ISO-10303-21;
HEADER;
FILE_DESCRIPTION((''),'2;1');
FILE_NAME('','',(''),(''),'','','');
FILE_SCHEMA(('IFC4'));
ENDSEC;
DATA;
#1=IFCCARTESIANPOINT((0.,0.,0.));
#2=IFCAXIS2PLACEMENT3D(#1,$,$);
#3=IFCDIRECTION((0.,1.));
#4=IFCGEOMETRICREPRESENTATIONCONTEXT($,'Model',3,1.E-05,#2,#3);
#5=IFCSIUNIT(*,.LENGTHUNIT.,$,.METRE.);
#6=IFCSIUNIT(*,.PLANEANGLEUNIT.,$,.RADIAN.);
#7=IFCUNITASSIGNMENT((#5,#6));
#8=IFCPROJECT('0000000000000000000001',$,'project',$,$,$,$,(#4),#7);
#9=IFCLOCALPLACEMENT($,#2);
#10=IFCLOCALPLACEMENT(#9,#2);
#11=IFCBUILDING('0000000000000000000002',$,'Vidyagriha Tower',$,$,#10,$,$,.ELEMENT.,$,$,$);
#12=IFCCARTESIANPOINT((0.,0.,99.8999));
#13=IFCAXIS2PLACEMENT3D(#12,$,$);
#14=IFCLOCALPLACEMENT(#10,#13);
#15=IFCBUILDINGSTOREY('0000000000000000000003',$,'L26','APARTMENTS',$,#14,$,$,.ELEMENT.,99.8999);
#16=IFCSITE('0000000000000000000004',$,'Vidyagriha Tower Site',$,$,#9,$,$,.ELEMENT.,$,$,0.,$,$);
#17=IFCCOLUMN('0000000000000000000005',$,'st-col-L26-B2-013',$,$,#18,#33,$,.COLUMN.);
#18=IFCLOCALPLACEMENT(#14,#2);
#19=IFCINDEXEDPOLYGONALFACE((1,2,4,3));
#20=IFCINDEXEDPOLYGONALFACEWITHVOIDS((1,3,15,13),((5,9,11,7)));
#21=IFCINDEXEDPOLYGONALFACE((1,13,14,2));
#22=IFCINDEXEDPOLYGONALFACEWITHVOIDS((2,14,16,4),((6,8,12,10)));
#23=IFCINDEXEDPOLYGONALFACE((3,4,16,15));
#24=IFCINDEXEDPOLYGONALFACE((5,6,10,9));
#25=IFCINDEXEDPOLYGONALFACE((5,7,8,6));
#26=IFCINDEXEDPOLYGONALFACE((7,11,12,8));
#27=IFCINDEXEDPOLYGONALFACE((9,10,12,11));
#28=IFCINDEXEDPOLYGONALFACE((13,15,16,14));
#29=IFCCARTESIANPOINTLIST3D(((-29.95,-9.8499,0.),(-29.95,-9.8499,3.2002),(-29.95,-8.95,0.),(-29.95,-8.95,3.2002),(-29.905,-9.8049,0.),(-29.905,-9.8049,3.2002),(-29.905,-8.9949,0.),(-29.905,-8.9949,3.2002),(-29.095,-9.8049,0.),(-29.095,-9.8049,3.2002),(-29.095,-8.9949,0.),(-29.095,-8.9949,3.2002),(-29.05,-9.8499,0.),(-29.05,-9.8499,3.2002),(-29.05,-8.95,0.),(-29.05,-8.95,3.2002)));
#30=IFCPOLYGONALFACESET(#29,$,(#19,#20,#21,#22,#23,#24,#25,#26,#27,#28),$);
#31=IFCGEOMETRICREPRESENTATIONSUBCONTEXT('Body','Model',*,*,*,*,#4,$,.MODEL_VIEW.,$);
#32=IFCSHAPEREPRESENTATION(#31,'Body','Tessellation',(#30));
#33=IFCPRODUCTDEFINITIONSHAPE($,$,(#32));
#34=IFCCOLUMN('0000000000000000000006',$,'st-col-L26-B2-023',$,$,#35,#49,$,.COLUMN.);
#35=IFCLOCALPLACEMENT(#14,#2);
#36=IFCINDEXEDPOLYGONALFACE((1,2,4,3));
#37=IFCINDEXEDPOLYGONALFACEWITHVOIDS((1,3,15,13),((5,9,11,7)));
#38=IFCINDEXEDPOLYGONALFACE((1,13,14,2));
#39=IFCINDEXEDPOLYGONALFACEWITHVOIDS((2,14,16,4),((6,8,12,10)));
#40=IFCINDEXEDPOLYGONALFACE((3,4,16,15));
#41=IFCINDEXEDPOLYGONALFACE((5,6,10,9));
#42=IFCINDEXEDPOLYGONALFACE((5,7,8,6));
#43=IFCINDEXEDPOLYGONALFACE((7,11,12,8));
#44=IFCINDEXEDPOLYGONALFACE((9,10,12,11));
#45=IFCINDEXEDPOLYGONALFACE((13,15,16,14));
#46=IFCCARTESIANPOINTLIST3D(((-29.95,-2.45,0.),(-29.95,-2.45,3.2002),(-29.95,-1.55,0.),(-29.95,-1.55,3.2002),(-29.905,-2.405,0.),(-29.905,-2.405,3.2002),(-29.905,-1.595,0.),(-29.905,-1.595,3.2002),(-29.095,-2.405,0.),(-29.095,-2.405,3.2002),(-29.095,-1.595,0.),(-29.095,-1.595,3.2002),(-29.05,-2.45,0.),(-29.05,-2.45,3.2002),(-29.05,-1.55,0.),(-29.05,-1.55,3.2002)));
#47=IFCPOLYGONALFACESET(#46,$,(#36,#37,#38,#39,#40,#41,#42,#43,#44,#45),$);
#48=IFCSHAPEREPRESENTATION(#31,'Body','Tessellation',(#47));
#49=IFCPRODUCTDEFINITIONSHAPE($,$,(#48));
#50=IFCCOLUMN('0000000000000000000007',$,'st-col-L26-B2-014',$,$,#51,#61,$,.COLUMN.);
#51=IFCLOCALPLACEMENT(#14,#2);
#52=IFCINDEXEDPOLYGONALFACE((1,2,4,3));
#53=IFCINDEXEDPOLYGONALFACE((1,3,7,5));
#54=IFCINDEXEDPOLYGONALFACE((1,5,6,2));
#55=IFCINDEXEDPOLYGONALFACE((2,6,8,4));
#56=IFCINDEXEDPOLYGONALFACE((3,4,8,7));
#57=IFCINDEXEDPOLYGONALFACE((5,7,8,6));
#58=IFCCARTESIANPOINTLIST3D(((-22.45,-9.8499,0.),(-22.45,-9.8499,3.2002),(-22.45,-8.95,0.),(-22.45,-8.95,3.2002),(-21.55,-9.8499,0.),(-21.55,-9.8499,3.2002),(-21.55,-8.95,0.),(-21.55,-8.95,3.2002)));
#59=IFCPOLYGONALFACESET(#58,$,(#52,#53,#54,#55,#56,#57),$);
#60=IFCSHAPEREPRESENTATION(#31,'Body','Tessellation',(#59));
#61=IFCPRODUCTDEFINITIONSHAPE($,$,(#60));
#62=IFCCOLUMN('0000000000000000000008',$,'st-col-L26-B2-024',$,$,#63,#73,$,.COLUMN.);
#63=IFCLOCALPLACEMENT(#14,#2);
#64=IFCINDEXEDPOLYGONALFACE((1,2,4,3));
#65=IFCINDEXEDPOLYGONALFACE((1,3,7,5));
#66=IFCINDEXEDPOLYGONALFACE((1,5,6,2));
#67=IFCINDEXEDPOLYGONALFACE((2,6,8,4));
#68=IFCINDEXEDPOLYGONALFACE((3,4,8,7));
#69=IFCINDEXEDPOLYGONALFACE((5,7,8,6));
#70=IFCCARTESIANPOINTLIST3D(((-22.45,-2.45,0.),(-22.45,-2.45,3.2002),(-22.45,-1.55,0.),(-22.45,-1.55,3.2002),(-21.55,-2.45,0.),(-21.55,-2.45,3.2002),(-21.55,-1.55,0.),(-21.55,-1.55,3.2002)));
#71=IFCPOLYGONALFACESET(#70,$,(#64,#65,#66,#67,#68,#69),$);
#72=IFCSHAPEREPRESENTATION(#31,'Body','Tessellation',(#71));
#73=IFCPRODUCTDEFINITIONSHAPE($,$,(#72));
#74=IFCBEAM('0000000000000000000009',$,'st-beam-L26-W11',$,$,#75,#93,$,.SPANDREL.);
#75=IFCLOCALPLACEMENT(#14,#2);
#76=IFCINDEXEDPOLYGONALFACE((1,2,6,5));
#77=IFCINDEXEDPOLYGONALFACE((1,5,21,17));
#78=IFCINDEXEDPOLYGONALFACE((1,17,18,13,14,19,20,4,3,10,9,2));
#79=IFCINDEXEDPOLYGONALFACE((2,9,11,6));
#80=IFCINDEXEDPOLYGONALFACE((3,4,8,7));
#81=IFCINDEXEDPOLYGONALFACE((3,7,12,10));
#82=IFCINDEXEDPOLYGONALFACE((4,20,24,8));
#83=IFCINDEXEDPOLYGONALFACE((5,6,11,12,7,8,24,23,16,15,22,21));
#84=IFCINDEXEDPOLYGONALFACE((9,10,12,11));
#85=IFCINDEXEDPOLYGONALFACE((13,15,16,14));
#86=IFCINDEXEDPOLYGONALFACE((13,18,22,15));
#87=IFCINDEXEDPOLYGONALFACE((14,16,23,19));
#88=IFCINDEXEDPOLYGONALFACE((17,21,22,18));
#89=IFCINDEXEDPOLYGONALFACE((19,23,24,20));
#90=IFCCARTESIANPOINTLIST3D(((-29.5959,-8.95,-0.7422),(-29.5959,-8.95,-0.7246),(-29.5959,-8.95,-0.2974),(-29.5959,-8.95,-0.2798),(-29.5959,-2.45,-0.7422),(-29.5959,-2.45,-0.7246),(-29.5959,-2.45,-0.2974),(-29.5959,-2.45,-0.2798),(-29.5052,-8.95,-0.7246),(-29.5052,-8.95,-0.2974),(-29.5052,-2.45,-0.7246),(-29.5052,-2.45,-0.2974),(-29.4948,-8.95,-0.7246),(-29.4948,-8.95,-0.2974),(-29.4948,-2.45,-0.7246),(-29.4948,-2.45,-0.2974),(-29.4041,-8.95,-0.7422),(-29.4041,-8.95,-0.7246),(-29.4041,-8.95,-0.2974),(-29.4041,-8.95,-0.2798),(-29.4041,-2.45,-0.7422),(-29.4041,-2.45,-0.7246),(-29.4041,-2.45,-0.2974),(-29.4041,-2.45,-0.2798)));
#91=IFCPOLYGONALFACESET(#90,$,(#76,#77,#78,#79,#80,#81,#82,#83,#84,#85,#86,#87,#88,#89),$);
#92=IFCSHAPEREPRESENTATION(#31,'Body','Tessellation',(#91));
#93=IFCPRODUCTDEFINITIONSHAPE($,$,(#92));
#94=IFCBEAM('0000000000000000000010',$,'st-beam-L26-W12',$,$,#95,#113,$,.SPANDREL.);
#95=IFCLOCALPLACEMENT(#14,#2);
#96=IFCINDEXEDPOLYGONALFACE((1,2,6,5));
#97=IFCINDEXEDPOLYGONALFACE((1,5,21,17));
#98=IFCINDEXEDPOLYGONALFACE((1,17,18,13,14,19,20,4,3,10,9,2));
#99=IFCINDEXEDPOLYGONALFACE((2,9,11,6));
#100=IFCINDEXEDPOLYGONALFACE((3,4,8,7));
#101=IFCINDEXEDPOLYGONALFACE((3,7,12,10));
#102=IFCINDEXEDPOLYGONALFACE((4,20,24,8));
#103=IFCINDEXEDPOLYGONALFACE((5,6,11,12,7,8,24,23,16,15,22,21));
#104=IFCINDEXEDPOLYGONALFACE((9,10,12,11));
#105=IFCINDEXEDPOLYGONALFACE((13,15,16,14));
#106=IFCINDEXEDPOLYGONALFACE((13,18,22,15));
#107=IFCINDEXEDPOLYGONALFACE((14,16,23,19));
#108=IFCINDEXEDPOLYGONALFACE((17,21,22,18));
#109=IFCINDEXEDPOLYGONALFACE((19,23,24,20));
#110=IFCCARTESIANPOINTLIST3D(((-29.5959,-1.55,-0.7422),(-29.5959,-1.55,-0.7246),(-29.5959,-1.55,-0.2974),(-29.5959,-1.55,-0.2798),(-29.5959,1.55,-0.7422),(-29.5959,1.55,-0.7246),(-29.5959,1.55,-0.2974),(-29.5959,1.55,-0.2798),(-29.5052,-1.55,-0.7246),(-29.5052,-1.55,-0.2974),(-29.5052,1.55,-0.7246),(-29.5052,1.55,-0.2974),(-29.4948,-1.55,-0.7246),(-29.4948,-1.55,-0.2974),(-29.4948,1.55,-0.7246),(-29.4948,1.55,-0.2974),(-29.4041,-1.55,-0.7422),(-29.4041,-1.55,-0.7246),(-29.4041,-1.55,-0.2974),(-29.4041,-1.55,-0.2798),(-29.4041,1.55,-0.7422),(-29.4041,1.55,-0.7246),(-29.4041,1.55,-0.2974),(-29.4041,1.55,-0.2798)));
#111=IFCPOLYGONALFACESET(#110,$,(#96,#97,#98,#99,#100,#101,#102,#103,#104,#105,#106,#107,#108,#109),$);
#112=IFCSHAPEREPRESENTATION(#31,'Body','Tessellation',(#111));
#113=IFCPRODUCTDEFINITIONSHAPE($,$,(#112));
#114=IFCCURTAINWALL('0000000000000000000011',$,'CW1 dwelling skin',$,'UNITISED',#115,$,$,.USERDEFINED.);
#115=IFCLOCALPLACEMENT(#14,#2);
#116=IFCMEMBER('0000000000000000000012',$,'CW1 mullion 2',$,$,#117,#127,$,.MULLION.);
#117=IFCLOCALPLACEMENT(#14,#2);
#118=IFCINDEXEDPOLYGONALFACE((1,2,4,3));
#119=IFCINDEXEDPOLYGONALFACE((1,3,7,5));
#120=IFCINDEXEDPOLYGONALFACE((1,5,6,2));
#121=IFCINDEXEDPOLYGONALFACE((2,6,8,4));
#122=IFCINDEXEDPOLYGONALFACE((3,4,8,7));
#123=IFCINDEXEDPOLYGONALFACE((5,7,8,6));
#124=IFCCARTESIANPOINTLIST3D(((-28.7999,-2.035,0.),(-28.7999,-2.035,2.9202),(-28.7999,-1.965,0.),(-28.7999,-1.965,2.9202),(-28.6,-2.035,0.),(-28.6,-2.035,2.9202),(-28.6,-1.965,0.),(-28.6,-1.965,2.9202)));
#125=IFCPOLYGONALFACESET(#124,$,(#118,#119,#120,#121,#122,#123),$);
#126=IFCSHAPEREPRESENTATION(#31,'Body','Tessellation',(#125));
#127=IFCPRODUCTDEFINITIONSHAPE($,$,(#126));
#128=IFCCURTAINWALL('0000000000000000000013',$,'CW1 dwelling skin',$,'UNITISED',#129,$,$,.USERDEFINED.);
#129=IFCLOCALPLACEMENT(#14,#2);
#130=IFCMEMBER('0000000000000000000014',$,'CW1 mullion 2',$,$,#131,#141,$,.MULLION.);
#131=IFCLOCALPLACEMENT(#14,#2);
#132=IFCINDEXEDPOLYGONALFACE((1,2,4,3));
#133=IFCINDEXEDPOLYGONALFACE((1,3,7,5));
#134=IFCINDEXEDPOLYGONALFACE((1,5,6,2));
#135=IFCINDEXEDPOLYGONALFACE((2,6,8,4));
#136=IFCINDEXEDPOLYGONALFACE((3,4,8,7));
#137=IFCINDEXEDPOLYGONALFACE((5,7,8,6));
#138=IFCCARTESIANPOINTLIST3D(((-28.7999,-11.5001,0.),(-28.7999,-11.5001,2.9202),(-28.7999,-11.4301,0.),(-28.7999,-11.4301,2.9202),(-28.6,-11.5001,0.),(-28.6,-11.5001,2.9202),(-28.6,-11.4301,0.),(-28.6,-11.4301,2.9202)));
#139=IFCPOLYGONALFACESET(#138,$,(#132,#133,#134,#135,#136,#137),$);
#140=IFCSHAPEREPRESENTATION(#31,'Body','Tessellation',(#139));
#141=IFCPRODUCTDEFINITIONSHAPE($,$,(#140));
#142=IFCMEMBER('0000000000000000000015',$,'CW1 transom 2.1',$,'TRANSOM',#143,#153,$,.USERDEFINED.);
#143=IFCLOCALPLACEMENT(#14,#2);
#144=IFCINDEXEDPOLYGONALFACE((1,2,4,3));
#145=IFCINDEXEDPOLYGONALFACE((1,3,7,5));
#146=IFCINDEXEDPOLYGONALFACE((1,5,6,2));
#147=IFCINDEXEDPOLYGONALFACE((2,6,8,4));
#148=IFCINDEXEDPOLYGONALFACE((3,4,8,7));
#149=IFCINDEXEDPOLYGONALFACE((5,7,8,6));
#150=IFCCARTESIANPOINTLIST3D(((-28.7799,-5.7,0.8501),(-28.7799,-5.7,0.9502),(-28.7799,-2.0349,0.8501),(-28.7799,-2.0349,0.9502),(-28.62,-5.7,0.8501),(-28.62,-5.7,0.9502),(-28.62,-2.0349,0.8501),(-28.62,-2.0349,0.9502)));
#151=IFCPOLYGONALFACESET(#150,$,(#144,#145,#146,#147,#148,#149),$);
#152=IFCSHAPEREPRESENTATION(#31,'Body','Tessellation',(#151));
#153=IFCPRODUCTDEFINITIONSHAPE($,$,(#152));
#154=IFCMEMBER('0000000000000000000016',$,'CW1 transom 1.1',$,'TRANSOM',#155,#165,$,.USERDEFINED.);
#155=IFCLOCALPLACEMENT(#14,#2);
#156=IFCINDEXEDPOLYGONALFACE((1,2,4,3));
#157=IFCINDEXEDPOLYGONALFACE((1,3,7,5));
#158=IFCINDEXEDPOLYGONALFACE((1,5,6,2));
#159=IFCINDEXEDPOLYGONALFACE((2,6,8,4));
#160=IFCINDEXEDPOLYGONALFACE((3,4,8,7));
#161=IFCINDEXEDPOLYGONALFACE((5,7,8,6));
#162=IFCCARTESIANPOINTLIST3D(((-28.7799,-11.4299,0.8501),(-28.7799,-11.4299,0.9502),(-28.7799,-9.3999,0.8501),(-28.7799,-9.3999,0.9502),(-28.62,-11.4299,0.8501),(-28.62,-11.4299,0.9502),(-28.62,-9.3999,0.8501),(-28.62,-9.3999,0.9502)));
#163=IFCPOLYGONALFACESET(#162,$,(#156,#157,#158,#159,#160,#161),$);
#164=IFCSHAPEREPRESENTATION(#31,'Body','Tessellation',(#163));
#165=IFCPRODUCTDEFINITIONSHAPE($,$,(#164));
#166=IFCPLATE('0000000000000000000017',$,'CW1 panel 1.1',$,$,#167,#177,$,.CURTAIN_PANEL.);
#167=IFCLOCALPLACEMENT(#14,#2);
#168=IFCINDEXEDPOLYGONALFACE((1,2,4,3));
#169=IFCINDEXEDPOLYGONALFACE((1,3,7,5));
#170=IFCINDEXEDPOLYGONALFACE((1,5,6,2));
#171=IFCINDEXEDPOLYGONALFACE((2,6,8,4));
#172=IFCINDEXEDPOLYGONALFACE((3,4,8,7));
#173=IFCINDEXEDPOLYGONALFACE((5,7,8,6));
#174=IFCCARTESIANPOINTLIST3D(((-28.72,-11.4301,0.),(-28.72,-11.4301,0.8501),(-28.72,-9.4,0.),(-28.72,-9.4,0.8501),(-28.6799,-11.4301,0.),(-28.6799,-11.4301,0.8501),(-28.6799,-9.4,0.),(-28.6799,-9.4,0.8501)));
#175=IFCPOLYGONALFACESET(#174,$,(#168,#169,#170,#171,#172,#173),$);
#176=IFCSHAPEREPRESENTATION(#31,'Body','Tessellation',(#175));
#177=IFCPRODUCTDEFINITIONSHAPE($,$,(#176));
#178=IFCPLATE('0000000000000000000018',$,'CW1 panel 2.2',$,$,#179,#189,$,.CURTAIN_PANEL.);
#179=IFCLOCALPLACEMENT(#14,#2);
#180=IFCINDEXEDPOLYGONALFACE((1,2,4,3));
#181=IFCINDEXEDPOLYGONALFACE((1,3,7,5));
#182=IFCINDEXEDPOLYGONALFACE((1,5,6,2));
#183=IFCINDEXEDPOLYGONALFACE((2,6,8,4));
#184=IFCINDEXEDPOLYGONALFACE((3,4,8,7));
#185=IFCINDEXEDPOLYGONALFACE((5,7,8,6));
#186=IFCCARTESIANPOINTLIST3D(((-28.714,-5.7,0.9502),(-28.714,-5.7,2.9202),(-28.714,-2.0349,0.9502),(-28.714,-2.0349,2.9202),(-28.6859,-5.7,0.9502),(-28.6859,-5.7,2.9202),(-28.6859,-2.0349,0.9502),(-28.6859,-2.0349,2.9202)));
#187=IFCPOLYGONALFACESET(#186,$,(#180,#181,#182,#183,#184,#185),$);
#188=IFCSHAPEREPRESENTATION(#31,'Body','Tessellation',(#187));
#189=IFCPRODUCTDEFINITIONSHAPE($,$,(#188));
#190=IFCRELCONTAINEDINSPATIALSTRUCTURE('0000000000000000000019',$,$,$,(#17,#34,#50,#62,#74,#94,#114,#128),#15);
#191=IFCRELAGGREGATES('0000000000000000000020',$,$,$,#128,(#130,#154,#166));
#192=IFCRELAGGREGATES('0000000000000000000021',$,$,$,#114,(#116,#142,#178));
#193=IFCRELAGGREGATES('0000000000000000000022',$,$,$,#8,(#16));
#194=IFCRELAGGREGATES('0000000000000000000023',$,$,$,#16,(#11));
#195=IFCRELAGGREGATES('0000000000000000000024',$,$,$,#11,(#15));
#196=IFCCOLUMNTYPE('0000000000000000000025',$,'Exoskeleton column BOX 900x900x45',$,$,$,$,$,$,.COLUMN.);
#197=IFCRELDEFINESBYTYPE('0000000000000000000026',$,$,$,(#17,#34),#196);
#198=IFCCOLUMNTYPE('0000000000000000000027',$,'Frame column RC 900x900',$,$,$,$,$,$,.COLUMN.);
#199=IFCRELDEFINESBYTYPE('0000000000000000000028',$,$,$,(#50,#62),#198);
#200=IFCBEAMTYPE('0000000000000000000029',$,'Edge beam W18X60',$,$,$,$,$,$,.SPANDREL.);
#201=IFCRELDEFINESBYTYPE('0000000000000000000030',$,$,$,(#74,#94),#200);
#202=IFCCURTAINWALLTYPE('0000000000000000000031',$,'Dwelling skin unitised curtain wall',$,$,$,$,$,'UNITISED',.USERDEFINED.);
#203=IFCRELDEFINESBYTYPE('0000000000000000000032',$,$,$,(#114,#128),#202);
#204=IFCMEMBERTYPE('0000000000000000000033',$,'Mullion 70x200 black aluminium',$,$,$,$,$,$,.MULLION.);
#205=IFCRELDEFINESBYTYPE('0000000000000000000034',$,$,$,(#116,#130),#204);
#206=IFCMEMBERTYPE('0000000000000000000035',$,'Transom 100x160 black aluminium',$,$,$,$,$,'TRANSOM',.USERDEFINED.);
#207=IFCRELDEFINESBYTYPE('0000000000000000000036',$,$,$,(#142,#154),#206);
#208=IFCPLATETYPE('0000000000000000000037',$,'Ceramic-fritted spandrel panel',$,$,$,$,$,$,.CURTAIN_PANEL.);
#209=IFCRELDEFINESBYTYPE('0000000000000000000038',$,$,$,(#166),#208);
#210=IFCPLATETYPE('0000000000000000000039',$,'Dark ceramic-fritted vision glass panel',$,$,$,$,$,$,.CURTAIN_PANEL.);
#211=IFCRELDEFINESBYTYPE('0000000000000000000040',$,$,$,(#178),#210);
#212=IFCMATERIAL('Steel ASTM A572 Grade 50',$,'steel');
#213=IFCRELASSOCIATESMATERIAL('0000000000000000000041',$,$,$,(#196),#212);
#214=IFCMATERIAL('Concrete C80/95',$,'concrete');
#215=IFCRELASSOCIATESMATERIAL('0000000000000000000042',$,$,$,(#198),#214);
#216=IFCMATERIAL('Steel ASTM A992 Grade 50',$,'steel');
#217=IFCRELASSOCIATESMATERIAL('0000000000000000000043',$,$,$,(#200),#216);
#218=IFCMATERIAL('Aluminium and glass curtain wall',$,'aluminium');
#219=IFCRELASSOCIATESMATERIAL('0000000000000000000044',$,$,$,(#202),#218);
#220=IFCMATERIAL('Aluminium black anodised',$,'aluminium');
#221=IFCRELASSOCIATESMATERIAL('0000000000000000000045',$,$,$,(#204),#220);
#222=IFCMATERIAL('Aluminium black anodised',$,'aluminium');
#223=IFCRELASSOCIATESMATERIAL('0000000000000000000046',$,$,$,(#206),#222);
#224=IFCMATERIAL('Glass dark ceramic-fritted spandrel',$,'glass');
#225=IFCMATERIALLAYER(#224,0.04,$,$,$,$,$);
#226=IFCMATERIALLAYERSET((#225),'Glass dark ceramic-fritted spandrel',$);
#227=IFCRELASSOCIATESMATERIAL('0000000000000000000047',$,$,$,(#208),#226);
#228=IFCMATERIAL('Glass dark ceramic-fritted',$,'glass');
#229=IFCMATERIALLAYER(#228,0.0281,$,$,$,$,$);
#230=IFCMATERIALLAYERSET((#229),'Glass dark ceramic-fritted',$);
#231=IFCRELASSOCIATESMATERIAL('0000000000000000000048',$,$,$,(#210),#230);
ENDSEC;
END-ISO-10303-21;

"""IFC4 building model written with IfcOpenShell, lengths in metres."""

from ifc_helpers import new_model, si_unit, direction, frame, origin, origin_2d, place, context, subcontext, project, spatial, rectangle, hollow_rectangle, i_section, extrude, material, layer, layer_set, material_profile, profile_set, type_object, element, aggregate, save


model = new_model("IFC4")

# Units and contexts
model_context = context("Model", 3, precision=1e-05, world=origin(), true_north=direction((0.0, 1.0)))
body_context = subcontext(model_context, "Body", "Model", "MODEL_VIEW")
ifc_project = project(units=[si_unit("LENGTHUNIT", "METRE"), si_unit("PLANEANGLEUNIT", "RADIAN")], contexts=[model_context])

# Site, building, storey
site_placement = place(None, origin())
site = spatial("IfcSite", under=ifc_project, at=site_placement, Name="Vidyagriha Tower Site", CompositionType="ELEMENT", RefElevation=0.0)
building_placement = place(site_placement, origin())
building = spatial("IfcBuilding", under=site, at=building_placement, Name="Vidyagriha Tower", CompositionType="ELEMENT")
storey_placement = place(building_placement, frame((0.0, 0.0, 99.8999)))
storey = spatial("IfcBuildingStorey", under=building, at=storey_placement, Name="L26", Description="APARTMENTS", CompositionType="ELEMENT", Elevation=99.8999)

# Columns
ifc_material_1 = material(Name="Steel ASTM A572 Grade 50", Category="steel")
ifc_material_profile_1 = material_profile(ifc_material_1, hollow_rectangle(XDim=0.8999, YDim=0.8999, WallThickness=0.0449, at=origin_2d()), Name="BOX 900x900x45")
ifc_profile_set_1 = profile_set([ifc_material_profile_1], Name="Steel ASTM A572 Grade 50")
column_type_1 = type_object("IfcColumnType", Name="Exoskeleton column BOX 900x900x45", PredefinedType="COLUMN", material=ifc_profile_set_1)
for number, where, name in (
    (1, (-29.5, -9.3999, 0.0), "st-col-L26-B2-013"),
    (2, (-29.5, -2.0, 0.0), "st-col-L26-B2-023"),
):
    element("IfcColumn", number, at=place(storey_placement, frame(where)), inside=storey, type_object=column_type_1, Name=name, PredefinedType="COLUMN", context=body_context, shape_type="SweptSolid", body=[
        extrude(hollow_rectangle(XDim=0.8999, YDim=0.8999, WallThickness=0.0449, at=origin_2d()), origin(), (0.0, 0.0, 1.0), 3.2002),
    ])
ifc_material_2 = material(Name="Concrete C80/95", Category="concrete")
ifc_material_profile_2 = material_profile(ifc_material_2, rectangle(XDim=0.8999, YDim=0.8999, at=origin_2d()), Name="RC 900x900")
ifc_profile_set_2 = profile_set([ifc_material_profile_2], Name="Concrete C80/95")
column_type_2 = type_object("IfcColumnType", Name="Frame column RC 900x900", PredefinedType="COLUMN", material=ifc_profile_set_2)
for number, where, name in (
    (3, (-22.0, -9.3999, 0.0), "st-col-L26-B2-014"),
    (4, (-22.0, -2.0, 0.0), "st-col-L26-B2-024"),
):
    element("IfcColumn", number, at=place(storey_placement, frame(where)), inside=storey, type_object=column_type_2, Name=name, PredefinedType="COLUMN", context=body_context, shape_type="SweptSolid", body=[
        extrude(rectangle(XDim=0.8999, YDim=0.8999, at=origin_2d()), origin(), (0.0, 0.0, 1.0), 3.2002),
    ])

# Beams
ifc_material_3 = material(Name="Steel ASTM A992 Grade 50", Category="steel")
ifc_material_profile_3 = material_profile(ifc_material_3, i_section(OverallWidth=0.1919, OverallDepth=0.4624, WebThickness=0.0105, FlangeThickness=0.0176, at=origin_2d()), Name="W18X60")
ifc_profile_set_3 = profile_set([ifc_material_profile_3], Name="Steel ASTM A992 Grade 50")
beam_type = type_object("IfcBeamType", Name="Edge beam W18X60", PredefinedType="SPANDREL", material=ifc_profile_set_3)
beam_1_placement = place(storey_placement, frame((-29.5, -8.95, -0.511), z_axis=(0.0, 1.0, 0.0), x_axis=(-1.0, 0.0, 0.0)))
element("IfcBeam", 5, at=beam_1_placement, inside=storey, type_object=beam_type, Name="st-beam-L26-W11", PredefinedType="SPANDREL", context=body_context, shape_type="SweptSolid", body=[
    extrude(i_section(OverallWidth=0.1919, OverallDepth=0.4624, WebThickness=0.0105, FlangeThickness=0.0176, at=origin_2d()), origin(), (0.0, 0.0, 1.0), 6.5),
])
beam_2_placement = place(storey_placement, frame((-29.5, -1.55, -0.511), z_axis=(0.0, 1.0, 0.0), x_axis=(-1.0, 0.0, 0.0)))
element("IfcBeam", 6, at=beam_2_placement, inside=storey, type_object=beam_type, Name="st-beam-L26-W12", PredefinedType="SPANDREL", context=body_context, shape_type="SweptSolid", body=[
    extrude(i_section(OverallWidth=0.1919, OverallDepth=0.4624, WebThickness=0.0105, FlangeThickness=0.0176, at=origin_2d()), origin(), (0.0, 0.0, 1.0), 3.1001),
])

# Curtain walls, members
ifc_material_4 = material(Name="Aluminium and glass curtain wall", Category="aluminium")
curtain_wall_type = type_object("IfcCurtainWallType", Name="Dwelling skin unitised curtain wall", ElementType="UNITISED", PredefinedType="USERDEFINED", material=ifc_material_4)
curtain_wall_1_placement = place(storey_placement, origin())
curtain_wall_1 = element("IfcCurtainWall", 7, at=curtain_wall_1_placement, inside=storey, type_object=curtain_wall_type, Name="CW1 dwelling skin", ObjectType="UNITISED", PredefinedType="USERDEFINED")
ifc_material_5 = material(Name="Aluminium black anodised", Category="aluminium")
ifc_material_profile_4 = material_profile(ifc_material_5, rectangle(XDim=0.2, YDim=0.0701, at=origin_2d()), Name="Mullion 70x200 black aluminium")
ifc_profile_set_4 = profile_set([ifc_material_profile_4], Name="Aluminium black anodised")
member_type_1 = type_object("IfcMemberType", Name="Mullion 70x200 black aluminium", PredefinedType="MULLION", material=ifc_profile_set_4)
member_1_placement = place(storey_placement, frame((-28.7, -2.0, 0.0)))
member_1 = element("IfcMember", 8, at=member_1_placement, type_object=member_type_1, Name="CW1 mullion 2", PredefinedType="MULLION", context=body_context, shape_type="SweptSolid", body=[
    extrude(rectangle(XDim=0.2, YDim=0.0701, at=origin_2d()), origin(), (0.0, 0.0, 1.0), 2.9202),
])
curtain_wall_2_placement = place(storey_placement, origin())
curtain_wall_2 = element("IfcCurtainWall", 9, at=curtain_wall_2_placement, inside=storey, type_object=curtain_wall_type, Name="CW1 dwelling skin", ObjectType="UNITISED", PredefinedType="USERDEFINED")
member_2_placement = place(storey_placement, frame((-28.7, -11.4651, 0.0)))
member_2 = element("IfcMember", 10, at=member_2_placement, type_object=member_type_1, Name="CW1 mullion 2", PredefinedType="MULLION", context=body_context, shape_type="SweptSolid", body=[
    extrude(rectangle(XDim=0.2, YDim=0.0701, at=origin_2d()), origin(), (0.0, 0.0, 1.0), 2.9202),
])

# Members
ifc_material_6 = material(Name="Aluminium black anodised", Category="aluminium")
ifc_material_profile_5 = material_profile(ifc_material_6, rectangle(XDim=0.1599, YDim=0.1001, at=origin_2d()), Name="Transom 100x160 black aluminium")
ifc_profile_set_5 = profile_set([ifc_material_profile_5], Name="Aluminium black anodised")
member_type_2 = type_object("IfcMemberType", Name="Transom 100x160 black aluminium", ElementType="TRANSOM", PredefinedType="USERDEFINED", material=ifc_profile_set_5)
member_3_placement = place(storey_placement, frame((-28.7, -2.0349, 0.9001), z_axis=(0.0, -1.0, 0.0), x_axis=(1.0, 0.0, 0.0)))
member_3 = element("IfcMember", 11, at=member_3_placement, type_object=member_type_2, Name="CW1 transom 2.1", ObjectType="TRANSOM", PredefinedType="USERDEFINED", context=body_context, shape_type="SweptSolid", body=[
    extrude(rectangle(XDim=0.1599, YDim=0.1001, at=origin_2d()), origin(), (0.0, 0.0, 1.0), 3.665),
])
member_4_placement = place(storey_placement, frame((-28.7, -9.3999, 0.9001), z_axis=(0.0, -1.0, 0.0), x_axis=(1.0, 0.0, 0.0)))
member_4 = element("IfcMember", 12, at=member_4_placement, type_object=member_type_2, Name="CW1 transom 1.1", ObjectType="TRANSOM", PredefinedType="USERDEFINED", context=body_context, shape_type="SweptSolid", body=[
    extrude(rectangle(XDim=0.1599, YDim=0.1001, at=origin_2d()), origin(), (0.0, 0.0, 1.0), 2.03),
])

# Plates
ifc_material_7 = material(Name="Glass dark ceramic-fritted spandrel", Category="glass")
ifc_layer_1 = layer(ifc_material_7, 0.04)
ifc_layer_set_1 = layer_set([ifc_layer_1], Name="Glass dark ceramic-fritted spandrel")
plate_type_1 = type_object("IfcPlateType", Name="Ceramic-fritted spandrel panel", PredefinedType="CURTAIN_PANEL", material=ifc_layer_set_1)
plate_1_placement = place(storey_placement, frame((-28.7, -10.415, 0.0), z_axis=(0.0, 0.0, 1.0), x_axis=(0.0, -1.0, 0.0)))
plate_1 = element("IfcPlate", 13, at=plate_1_placement, type_object=plate_type_1, Name="CW1 panel 1.1", PredefinedType="CURTAIN_PANEL", context=body_context, shape_type="SweptSolid", body=[
    extrude(rectangle(XDim=2.03, YDim=0.04, at=origin_2d()), origin(), (0.0, 0.0, 1.0), 0.8501),
])
ifc_material_8 = material(Name="Glass dark ceramic-fritted", Category="glass")
ifc_layer_2 = layer(ifc_material_8, 0.0281)
ifc_layer_set_2 = layer_set([ifc_layer_2], Name="Glass dark ceramic-fritted")
plate_type_2 = type_object("IfcPlateType", Name="Dark ceramic-fritted vision glass panel", PredefinedType="CURTAIN_PANEL", material=ifc_layer_set_2)
plate_2_placement = place(storey_placement, frame((-28.7, -3.8674, 0.9502), z_axis=(0.0, 0.0, 1.0), x_axis=(0.0, -1.0, 0.0)))
plate_2 = element("IfcPlate", 14, at=plate_2_placement, type_object=plate_type_2, Name="CW1 panel 2.2", PredefinedType="CURTAIN_PANEL", context=body_context, shape_type="SweptSolid", body=[
    extrude(rectangle(XDim=3.665, YDim=0.0281, at=origin_2d()), origin(), (0.0, 0.0, 1.0), 1.97),
])
aggregate(curtain_wall_2, [member_2, member_4, plate_1])
aggregate(curtain_wall_1, [member_1, member_3, plate_2])

save(model, "model.ifc")
